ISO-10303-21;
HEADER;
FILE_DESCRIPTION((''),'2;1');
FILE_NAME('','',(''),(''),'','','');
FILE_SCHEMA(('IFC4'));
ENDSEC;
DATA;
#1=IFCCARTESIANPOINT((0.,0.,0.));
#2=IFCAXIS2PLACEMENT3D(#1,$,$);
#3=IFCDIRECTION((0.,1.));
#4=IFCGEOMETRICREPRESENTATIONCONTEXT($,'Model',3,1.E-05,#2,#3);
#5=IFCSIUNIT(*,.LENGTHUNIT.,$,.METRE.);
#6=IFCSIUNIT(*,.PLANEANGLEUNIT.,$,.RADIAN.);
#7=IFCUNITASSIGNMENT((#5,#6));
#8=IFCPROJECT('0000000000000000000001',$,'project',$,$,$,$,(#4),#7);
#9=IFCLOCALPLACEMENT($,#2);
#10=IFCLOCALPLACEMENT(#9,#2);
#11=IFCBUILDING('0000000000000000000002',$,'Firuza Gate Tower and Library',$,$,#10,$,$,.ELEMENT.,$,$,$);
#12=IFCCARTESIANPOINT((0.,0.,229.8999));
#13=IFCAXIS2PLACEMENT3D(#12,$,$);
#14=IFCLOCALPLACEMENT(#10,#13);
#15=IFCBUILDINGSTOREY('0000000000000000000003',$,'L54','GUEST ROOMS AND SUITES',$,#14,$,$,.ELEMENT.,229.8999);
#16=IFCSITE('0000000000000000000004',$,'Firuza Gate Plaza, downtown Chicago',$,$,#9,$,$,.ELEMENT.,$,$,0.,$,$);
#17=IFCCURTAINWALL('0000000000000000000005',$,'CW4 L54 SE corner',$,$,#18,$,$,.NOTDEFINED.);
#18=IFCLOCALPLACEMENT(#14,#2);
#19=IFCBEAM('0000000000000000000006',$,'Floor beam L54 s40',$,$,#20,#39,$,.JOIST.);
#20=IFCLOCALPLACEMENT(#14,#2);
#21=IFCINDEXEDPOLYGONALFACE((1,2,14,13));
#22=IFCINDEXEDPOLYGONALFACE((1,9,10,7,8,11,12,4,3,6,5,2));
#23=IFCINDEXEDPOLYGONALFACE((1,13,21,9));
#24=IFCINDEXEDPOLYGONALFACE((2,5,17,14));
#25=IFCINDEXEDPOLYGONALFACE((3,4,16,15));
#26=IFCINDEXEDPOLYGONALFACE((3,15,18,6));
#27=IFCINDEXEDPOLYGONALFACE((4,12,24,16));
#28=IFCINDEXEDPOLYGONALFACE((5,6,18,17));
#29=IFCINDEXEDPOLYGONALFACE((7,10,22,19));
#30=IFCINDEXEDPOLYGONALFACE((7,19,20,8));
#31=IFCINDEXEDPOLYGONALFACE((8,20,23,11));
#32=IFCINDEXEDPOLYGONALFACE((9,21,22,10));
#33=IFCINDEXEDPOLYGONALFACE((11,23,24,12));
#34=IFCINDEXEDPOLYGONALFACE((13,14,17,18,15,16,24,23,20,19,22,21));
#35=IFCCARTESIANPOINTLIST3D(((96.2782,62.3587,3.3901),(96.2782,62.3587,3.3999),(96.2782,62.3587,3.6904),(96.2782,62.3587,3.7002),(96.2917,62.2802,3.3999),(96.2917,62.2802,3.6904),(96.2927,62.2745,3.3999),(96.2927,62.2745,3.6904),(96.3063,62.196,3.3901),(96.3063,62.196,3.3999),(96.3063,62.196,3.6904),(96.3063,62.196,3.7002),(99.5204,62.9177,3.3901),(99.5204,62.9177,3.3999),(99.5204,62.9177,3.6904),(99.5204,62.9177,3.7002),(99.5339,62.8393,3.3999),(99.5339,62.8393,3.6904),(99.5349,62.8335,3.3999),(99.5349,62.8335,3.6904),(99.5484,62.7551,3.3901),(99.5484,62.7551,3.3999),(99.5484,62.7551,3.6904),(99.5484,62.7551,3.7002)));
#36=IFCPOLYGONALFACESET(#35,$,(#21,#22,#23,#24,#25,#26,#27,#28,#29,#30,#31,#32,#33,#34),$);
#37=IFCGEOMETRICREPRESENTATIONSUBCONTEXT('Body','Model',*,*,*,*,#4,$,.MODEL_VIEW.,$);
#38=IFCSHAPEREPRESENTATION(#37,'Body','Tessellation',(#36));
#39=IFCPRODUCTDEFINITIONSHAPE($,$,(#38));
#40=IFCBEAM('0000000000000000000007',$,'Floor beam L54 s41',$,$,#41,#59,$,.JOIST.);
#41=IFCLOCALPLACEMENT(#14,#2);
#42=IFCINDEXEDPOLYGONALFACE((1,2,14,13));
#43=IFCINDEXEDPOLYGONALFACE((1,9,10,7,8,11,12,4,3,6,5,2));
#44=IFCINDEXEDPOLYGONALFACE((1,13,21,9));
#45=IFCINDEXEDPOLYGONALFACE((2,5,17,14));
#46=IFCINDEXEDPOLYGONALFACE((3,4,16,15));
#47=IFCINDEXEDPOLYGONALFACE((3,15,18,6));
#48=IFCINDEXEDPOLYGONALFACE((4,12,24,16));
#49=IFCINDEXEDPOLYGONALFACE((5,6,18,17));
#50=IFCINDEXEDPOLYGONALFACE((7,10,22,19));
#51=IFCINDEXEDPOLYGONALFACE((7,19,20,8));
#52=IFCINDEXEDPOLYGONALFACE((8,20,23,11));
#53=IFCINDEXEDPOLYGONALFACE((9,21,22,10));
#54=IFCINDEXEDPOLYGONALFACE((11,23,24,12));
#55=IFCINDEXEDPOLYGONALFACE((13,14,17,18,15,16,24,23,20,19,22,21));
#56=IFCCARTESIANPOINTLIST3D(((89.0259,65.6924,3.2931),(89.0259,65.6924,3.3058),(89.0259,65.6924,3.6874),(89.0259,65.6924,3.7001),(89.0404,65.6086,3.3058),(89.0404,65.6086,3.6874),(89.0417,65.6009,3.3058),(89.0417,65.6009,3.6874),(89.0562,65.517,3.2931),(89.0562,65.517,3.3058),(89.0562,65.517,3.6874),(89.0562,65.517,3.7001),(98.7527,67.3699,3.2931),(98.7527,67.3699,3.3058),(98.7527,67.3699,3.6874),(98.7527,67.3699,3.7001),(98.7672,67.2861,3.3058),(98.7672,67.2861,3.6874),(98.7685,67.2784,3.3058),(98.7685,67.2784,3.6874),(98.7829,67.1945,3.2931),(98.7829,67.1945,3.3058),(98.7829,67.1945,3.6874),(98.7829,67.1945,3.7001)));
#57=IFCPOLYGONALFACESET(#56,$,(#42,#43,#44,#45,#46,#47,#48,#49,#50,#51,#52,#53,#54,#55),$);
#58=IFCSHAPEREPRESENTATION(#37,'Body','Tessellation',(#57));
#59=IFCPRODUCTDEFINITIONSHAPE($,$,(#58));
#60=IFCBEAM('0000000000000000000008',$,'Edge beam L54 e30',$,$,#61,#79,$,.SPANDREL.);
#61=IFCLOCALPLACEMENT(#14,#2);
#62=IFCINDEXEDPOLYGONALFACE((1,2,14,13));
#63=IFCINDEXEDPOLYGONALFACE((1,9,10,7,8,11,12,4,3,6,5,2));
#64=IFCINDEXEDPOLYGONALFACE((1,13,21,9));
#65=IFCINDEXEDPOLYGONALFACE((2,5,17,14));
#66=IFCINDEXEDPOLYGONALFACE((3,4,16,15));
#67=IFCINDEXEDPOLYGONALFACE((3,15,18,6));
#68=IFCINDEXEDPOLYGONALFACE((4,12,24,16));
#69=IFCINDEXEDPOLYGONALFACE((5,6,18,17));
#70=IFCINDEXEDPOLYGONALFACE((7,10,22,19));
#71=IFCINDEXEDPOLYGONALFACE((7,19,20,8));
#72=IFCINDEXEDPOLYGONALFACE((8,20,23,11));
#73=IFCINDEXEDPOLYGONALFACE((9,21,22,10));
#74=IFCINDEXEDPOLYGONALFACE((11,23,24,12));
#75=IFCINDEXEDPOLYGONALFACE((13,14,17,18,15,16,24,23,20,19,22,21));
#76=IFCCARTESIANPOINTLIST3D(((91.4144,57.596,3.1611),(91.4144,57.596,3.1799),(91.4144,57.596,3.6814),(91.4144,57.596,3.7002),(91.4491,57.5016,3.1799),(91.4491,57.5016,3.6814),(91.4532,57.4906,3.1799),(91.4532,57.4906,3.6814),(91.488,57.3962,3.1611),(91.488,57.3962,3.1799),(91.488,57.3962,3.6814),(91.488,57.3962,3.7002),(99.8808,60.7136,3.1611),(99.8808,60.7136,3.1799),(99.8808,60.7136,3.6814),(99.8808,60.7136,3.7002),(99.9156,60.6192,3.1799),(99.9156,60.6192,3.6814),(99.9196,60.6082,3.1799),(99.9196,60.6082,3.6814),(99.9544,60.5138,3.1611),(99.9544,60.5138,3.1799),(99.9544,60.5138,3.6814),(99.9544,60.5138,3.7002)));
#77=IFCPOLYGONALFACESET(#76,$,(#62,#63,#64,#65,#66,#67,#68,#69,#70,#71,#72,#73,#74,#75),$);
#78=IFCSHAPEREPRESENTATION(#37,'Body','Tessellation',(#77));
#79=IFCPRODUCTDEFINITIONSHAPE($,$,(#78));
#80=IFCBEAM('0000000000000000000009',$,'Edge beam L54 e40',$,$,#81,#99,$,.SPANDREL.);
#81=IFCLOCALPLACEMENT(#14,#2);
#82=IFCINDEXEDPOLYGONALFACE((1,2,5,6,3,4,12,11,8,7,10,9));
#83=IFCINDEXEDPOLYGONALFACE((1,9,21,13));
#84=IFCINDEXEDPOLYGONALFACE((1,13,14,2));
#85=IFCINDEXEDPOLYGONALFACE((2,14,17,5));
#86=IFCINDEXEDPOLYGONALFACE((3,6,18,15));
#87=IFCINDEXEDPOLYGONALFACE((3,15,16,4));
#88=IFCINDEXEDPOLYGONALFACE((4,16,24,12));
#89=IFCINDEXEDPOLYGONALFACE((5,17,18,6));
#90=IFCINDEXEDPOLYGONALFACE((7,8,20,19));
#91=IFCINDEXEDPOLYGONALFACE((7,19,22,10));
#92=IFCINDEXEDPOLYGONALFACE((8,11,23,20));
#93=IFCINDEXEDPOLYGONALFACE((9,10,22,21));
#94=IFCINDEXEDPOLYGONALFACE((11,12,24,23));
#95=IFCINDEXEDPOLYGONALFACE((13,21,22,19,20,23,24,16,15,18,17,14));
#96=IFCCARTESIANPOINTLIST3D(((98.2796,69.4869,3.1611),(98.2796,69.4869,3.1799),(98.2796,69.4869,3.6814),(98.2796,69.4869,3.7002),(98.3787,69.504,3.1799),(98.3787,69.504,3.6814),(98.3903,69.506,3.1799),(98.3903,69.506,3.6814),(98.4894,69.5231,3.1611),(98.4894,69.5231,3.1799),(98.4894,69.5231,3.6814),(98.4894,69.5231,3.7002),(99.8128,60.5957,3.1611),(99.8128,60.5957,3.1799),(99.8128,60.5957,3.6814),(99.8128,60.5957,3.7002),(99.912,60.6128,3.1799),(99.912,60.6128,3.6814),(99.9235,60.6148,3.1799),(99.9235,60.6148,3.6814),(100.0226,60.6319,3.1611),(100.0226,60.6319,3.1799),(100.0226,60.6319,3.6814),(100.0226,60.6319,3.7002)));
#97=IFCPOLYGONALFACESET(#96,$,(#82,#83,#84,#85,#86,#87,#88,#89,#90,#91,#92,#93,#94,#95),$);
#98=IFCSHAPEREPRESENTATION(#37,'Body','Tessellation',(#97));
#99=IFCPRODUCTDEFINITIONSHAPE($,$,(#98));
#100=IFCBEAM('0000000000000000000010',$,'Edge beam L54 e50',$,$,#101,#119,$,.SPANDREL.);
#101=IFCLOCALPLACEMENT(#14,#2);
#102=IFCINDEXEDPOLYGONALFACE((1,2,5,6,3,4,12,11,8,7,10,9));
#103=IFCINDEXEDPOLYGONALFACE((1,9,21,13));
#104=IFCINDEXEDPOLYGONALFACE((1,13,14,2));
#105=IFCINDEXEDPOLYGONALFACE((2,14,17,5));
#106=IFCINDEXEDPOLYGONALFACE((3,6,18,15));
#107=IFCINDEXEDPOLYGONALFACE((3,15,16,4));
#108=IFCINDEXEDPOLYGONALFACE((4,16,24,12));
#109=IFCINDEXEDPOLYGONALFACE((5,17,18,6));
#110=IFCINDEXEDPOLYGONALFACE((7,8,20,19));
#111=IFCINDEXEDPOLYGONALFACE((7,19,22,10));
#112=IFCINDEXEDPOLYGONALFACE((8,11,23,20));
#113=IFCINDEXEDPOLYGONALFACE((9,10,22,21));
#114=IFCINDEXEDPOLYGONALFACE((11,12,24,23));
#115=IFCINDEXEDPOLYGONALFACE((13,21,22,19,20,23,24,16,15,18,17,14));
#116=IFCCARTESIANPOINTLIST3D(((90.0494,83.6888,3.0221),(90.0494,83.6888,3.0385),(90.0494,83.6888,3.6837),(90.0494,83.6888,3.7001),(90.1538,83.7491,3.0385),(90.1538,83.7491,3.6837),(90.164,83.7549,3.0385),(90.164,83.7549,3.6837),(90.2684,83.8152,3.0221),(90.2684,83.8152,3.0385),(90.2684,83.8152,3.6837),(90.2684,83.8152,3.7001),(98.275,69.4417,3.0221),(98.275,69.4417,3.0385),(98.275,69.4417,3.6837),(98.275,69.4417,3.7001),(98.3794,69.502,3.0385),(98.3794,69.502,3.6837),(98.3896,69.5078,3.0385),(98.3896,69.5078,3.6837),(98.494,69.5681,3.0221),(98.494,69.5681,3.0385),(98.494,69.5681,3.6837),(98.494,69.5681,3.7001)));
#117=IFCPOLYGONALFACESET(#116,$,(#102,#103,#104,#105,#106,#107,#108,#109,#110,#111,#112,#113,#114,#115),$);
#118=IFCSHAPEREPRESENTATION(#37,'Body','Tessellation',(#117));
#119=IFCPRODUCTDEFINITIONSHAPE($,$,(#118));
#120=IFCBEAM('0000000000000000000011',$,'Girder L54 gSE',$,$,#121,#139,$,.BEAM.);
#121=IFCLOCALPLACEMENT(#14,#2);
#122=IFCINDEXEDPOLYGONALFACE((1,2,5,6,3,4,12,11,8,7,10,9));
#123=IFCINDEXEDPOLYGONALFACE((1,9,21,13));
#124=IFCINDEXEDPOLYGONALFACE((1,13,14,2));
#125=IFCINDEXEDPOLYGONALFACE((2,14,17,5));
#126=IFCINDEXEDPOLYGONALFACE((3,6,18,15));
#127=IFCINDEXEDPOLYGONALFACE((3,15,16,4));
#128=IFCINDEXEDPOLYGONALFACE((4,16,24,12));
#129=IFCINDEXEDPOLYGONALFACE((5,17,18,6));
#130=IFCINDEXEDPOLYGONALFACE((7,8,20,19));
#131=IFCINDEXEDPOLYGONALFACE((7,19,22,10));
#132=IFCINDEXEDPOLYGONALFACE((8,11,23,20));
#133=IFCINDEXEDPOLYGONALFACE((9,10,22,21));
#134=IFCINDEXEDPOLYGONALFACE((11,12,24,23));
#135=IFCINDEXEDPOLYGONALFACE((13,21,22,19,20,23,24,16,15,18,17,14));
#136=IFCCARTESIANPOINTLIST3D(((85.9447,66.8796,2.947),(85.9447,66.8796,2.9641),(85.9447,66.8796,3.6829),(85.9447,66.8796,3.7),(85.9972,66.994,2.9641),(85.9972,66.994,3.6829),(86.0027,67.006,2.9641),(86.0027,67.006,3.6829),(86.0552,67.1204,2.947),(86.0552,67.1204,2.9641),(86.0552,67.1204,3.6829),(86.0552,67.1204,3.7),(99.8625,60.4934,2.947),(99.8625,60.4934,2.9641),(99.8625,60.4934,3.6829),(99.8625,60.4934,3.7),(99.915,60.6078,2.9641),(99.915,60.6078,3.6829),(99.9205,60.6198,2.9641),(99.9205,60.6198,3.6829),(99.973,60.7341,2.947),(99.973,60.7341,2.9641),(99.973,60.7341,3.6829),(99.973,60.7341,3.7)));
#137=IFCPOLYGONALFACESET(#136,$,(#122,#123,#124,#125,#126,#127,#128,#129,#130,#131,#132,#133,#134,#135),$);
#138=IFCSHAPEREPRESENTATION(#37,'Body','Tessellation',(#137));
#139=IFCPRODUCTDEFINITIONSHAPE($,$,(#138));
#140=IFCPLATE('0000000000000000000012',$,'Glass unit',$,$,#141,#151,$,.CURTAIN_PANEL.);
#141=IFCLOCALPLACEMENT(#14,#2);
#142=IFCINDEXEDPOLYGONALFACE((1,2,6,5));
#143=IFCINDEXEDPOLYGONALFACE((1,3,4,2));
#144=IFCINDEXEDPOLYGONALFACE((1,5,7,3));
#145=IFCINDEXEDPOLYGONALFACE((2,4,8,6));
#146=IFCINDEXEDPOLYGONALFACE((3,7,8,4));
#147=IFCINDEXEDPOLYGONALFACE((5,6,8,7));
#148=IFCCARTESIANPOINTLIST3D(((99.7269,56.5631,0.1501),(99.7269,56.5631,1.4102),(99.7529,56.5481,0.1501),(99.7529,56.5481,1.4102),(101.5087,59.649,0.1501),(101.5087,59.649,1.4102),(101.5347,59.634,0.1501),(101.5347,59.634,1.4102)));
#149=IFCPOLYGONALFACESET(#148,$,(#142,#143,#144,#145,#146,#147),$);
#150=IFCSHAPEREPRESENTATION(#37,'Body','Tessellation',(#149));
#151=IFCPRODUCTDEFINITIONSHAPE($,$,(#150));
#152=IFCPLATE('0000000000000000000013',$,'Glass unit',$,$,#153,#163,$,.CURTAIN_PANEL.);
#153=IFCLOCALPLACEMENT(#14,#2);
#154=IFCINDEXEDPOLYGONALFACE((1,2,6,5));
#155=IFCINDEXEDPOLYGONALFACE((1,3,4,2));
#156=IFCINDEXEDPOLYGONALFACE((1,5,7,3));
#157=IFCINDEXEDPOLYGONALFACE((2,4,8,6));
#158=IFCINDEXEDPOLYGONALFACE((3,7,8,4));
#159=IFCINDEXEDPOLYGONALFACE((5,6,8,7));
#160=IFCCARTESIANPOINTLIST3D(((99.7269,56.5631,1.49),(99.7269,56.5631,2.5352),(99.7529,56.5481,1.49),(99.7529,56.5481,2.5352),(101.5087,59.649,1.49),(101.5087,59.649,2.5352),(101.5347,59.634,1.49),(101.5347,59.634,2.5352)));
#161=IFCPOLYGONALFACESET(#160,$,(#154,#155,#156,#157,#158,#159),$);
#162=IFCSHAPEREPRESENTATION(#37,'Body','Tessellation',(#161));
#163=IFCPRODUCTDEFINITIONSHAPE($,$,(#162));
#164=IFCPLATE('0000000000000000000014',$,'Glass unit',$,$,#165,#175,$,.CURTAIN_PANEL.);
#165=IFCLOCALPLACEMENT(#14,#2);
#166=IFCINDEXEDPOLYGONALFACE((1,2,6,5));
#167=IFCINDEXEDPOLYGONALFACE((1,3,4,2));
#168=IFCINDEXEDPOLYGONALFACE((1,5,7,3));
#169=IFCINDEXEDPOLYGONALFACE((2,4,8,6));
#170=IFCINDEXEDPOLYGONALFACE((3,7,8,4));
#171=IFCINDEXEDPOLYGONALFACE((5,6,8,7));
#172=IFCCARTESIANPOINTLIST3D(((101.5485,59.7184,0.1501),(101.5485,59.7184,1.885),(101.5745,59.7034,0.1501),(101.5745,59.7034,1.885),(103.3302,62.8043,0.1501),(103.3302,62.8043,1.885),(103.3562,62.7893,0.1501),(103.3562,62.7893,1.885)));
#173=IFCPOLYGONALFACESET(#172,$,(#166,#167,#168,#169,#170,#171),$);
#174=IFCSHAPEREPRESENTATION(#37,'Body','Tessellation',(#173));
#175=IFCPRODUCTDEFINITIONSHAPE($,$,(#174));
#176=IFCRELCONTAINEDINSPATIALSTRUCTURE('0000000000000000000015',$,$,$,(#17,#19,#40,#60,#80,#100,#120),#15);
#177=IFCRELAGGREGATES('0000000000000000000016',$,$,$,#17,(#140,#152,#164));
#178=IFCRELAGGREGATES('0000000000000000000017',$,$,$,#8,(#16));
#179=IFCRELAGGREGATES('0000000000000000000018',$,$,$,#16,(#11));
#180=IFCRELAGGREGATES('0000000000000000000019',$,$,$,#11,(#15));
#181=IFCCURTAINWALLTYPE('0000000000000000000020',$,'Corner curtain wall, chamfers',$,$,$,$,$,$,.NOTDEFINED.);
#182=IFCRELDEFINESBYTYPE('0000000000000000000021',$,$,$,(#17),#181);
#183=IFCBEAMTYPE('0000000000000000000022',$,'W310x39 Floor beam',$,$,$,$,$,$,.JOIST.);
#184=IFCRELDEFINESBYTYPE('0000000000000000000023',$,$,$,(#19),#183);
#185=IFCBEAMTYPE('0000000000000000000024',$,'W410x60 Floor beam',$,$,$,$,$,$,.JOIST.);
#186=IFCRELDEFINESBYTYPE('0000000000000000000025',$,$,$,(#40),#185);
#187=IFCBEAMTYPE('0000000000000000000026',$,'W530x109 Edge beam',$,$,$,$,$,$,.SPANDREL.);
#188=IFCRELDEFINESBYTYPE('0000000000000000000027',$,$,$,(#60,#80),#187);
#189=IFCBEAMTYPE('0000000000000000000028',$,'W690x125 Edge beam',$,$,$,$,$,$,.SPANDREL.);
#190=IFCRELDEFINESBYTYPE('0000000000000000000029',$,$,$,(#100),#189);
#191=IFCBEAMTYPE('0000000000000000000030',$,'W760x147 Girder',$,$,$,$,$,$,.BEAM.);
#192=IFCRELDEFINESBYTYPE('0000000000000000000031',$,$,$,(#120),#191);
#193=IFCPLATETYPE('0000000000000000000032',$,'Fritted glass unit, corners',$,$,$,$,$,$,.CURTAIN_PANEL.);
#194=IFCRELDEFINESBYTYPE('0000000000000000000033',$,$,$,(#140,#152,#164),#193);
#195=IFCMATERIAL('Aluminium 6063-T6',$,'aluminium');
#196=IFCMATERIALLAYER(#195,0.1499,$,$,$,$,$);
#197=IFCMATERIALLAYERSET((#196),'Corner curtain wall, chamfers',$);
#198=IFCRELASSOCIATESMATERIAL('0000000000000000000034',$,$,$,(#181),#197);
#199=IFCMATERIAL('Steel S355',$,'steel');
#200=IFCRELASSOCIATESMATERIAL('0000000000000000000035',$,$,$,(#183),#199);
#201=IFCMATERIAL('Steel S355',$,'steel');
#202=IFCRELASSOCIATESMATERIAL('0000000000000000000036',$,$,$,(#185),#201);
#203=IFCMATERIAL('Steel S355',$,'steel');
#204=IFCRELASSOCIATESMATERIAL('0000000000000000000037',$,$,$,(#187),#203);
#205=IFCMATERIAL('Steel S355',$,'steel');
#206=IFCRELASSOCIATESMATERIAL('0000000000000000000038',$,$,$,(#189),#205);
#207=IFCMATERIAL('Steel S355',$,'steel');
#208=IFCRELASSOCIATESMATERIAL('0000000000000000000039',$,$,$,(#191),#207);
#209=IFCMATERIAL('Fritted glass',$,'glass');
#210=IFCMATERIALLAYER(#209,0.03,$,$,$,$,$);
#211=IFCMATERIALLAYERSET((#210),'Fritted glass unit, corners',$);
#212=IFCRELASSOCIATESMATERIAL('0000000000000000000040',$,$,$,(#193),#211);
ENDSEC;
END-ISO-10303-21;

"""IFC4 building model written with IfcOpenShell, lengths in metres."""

from ifc_helpers import new_model, si_unit, direction, frame, origin, origin_2d, place, context, subcontext, project, spatial, polyline, i_section, outline, extrude, material, layer, layer_set, material_profile, profile_set, type_object, element, aggregate, save


model = new_model("IFC4")

# Units and contexts
model_context = context("Model", 3, precision=1e-05, world=origin(), true_north=direction((0.0, 1.0)))
body_context = subcontext(model_context, "Body", "Model", "MODEL_VIEW")
ifc_project = project(units=[si_unit("LENGTHUNIT", "METRE"), si_unit("PLANEANGLEUNIT", "RADIAN")], contexts=[model_context])

# Site, building, storey
site_placement = place(None, origin())
site = spatial("IfcSite", under=ifc_project, at=site_placement, Name="Firuza Gate Plaza, downtown Chicago", CompositionType="ELEMENT", RefElevation=0.0)
building_placement = place(site_placement, origin())
building = spatial("IfcBuilding", under=site, at=building_placement, Name="Firuza Gate Tower and Library", CompositionType="ELEMENT")
storey_placement = place(building_placement, frame((0.0, 0.0, 229.8999)))
storey = spatial("IfcBuildingStorey", under=building, at=storey_placement, Name="L54", Description="GUEST ROOMS AND SUITES", CompositionType="ELEMENT", Elevation=229.8999)

# Curtain wall
ifc_material_1 = material(Name="Aluminium 6063-T6", Category="aluminium")
ifc_layer_1 = layer(ifc_material_1, 0.1499)
ifc_layer_set_1 = layer_set([ifc_layer_1], Name="Corner curtain wall, chamfers")
curtain_wall_type = type_object("IfcCurtainWallType", Name="Corner curtain wall, chamfers", PredefinedType="NOTDEFINED", material=ifc_layer_set_1)
curtain_wall_placement = place(storey_placement, origin())
curtain_wall = element("IfcCurtainWall", 1, at=curtain_wall_placement, inside=storey, type_object=curtain_wall_type, Name="CW4 L54 SE corner", PredefinedType="NOTDEFINED")

# Beams
ifc_material_2 = material(Name="Steel S355", Category="steel")
ifc_material_profile_1 = material_profile(ifc_material_2, i_section(OverallWidth=0.165, OverallDepth=0.3101, WebThickness=0.0059, FlangeThickness=0.0098, at=origin_2d()))
ifc_profile_set_1 = profile_set([ifc_material_profile_1], Name="Steel S355")
beam_type_1 = type_object("IfcBeamType", Name="W310x39 Floor beam", PredefinedType="JOIST", material=ifc_profile_set_1)
beam_1_placement = place(storey_placement, frame((99.5344, 62.8364, 3.5452), z_axis=(-0.985456, -0.169932, 0.0), x_axis=(0.169932, -0.985456, 0.0)))
element("IfcBeam", 2, at=beam_1_placement, inside=storey, type_object=beam_type_1, Name="Floor beam L54 s40", PredefinedType="JOIST", context=body_context, shape_type="SweptSolid", body=[
    extrude(i_section(OverallWidth=0.165, OverallDepth=0.3101, WebThickness=0.0059, FlangeThickness=0.0098, at=origin_2d()), origin(), (0.0, 0.0, 1.0), 3.29),
])
ifc_material_3 = material(Name="Steel S355", Category="steel")
ifc_material_profile_2 = material_profile(ifc_material_3, i_section(OverallWidth=0.178, OverallDepth=0.407, WebThickness=0.0078, FlangeThickness=0.0127, at=origin_2d()))
ifc_profile_set_2 = profile_set([ifc_material_profile_2], Name="Steel S355")
beam_type_2 = type_object("IfcBeamType", Name="W410x60 Floor beam", PredefinedType="JOIST", material=ifc_profile_set_2)
beam_2_placement = place(storey_placement, frame((98.7678, 67.2822, 3.4966), z_axis=(-0.985452, -0.169952, 0.0), x_axis=(0.169952, -0.985452, 0.0)))
element("IfcBeam", 3, at=beam_2_placement, inside=storey, type_object=beam_type_2, Name="Floor beam L54 s41", PredefinedType="JOIST", context=body_context, shape_type="SweptSolid", body=[
    extrude(i_section(OverallWidth=0.178, OverallDepth=0.407, WebThickness=0.0078, FlangeThickness=0.0127, at=origin_2d()), origin(), (0.0, 0.0, 1.0), 9.8704),
])
ifc_material_4 = material(Name="Steel S355", Category="steel")
ifc_material_profile_3 = material_profile(ifc_material_4, i_section(OverallWidth=0.2129, OverallDepth=0.5391, WebThickness=0.0117, FlangeThickness=0.0188, at=origin_2d()))
ifc_profile_set_3 = profile_set([ifc_material_profile_3], Name="Steel S355")
beam_type_3 = type_object("IfcBeamType", Name="W530x109 Edge beam", PredefinedType="SPANDREL", material=ifc_profile_set_3)
beam_3_placement = place(storey_placement, frame((91.4512, 57.4961, 3.4307), z_axis=(0.9384, 0.345551, 0.0), x_axis=(-0.345551, 0.9384, 0.0)))
element("IfcBeam", 4, at=beam_3_placement, inside=storey, type_object=beam_type_3, Name="Edge beam L54 e30", PredefinedType="SPANDREL", context=body_context, shape_type="SweptSolid", body=[
    extrude(i_section(OverallWidth=0.2129, OverallDepth=0.5391, WebThickness=0.0117, FlangeThickness=0.0188, at=origin_2d()), origin(), (0.0, 0.0, 1.0), 9.0222),
])
beam_4_placement = place(storey_placement, frame((99.9177, 60.6138, 3.4307), z_axis=(-0.169934, 0.985455, 0.0), x_axis=(-0.985455, -0.169934, 0.0)))
element("IfcBeam", 5, at=beam_4_placement, inside=storey, type_object=beam_type_3, Name="Edge beam L54 e40", PredefinedType="SPANDREL", context=body_context, shape_type="SweptSolid", body=[
    extrude(i_section(OverallWidth=0.2129, OverallDepth=0.5391, WebThickness=0.0117, FlangeThickness=0.0188, at=origin_2d()), origin(), (0.0, 0.0, 1.0), 9.0225),
])
ifc_material_5 = material(Name="Steel S355", Category="steel")
ifc_material_profile_4 = material_profile(ifc_material_5, i_section(OverallWidth=0.2529, OverallDepth=0.678, WebThickness=0.0117, FlangeThickness=0.0164, at=origin_2d()))
ifc_profile_set_4 = profile_set([ifc_material_profile_4], Name="Steel S355")
beam_type_4 = type_object("IfcBeamType", Name="W690x125 Edge beam", PredefinedType="SPANDREL", material=ifc_profile_set_4)
beam_5_placement = place(storey_placement, frame((98.3845, 69.5049, 3.3611), z_axis=(-0.500002, 0.866024, 0.0), x_axis=(-0.866024, -0.500002, 0.0)))
element("IfcBeam", 6, at=beam_5_placement, inside=storey, type_object=beam_type_4, Name="Edge beam L54 e50", PredefinedType="SPANDREL", context=body_context, shape_type="SweptSolid", body=[
    extrude(i_section(OverallWidth=0.2529, OverallDepth=0.678, WebThickness=0.0117, FlangeThickness=0.0164, at=origin_2d()), origin(), (0.0, 0.0, 1.0), 16.4512),
])
ifc_material_6 = material(Name="Steel S355", Category="steel")
ifc_material_profile_5 = material_profile(ifc_material_6, i_section(OverallWidth=0.2649, OverallDepth=0.7529, WebThickness=0.0132, FlangeThickness=0.0171, at=origin_2d()))
ifc_profile_set_5 = profile_set([ifc_material_profile_5], Name="Steel S355")
beam_type_5 = type_object("IfcBeamType", Name="W760x147 Girder", PredefinedType="BEAM", material=ifc_profile_set_5)
beam_6_placement = place(storey_placement, frame((99.9177, 60.6138, 3.3235), z_axis=(-0.908885, 0.417047, 0.0), x_axis=(-0.417047, -0.908885, 0.0)))
element("IfcBeam", 7, at=beam_6_placement, inside=storey, type_object=beam_type_5, Name="Girder L54 gSE", PredefinedType="BEAM", context=body_context, shape_type="SweptSolid", body=[
    extrude(i_section(OverallWidth=0.2649, OverallDepth=0.7529, WebThickness=0.0132, FlangeThickness=0.0171, at=origin_2d()), origin(), (0.0, 0.0, 1.0), 15.313),
])

# Plates
ifc_material_7 = material(Name="Fritted glass", Category="glass")
ifc_layer_2 = layer(ifc_material_7, 0.03)
ifc_layer_set_2 = layer_set([ifc_layer_2], Name="Fritted glass unit, corners")
plate_type_1 = type_object("IfcPlateType", Name="Fritted glass unit, corners", PredefinedType="CURTAIN_PANEL", material=ifc_layer_set_2)
plate_1_placement = place(storey_placement, frame((99.7529, 56.5481, 0.1501), z_axis=(0.866017, -0.500015, 0.0), x_axis=(0.500015, 0.866017, 0.0)))
plate_1 = element("IfcPlate", 8, at=plate_1_placement, type_object=plate_type_1, Name="Glass unit", PredefinedType="CURTAIN_PANEL", context=body_context, shape_type="SweptSolid", body=[
    extrude(outline(polyline([(0.0, 0.0), (3.5634, 0.0), (3.5634, 1.26), (0.0, 1.26), (0.0, 0.0)])), origin(), (0.0, 0.0, -1.0), 0.03),
])
plate_2_placement = place(storey_placement, frame((99.7529, 56.5481, 1.49), z_axis=(0.866017, -0.500015, 0.0), x_axis=(0.500015, 0.866017, 0.0)))
plate_2 = element("IfcPlate", 9, at=plate_2_placement, type_object=plate_type_1, Name="Glass unit", PredefinedType="CURTAIN_PANEL", context=body_context, shape_type="SweptSolid", body=[
    extrude(outline(polyline([(0.0, 0.0), (3.5634, 0.0), (3.5634, 1.0452), (0.0, 1.0452), (0.0, 0.0)])), origin(), (0.0, 0.0, -1.0), 0.03),
])
plate_3_placement = place(storey_placement, frame((101.5745, 59.7034, 0.1501), z_axis=(0.866017, -0.500015, 0.0), x_axis=(0.500015, 0.866017, 0.0)))
plate_3 = element("IfcPlate", 10, at=plate_3_placement, type_object=plate_type_1, Name="Glass unit", PredefinedType="CURTAIN_PANEL", context=body_context, shape_type="SweptSolid", body=[
    extrude(outline(polyline([(0.0, 0.0), (3.5634, 0.0), (3.5634, 1.7349), (0.0, 1.7349), (0.0, 0.0)])), origin(), (0.0, 0.0, -1.0), 0.03),
])
aggregate(curtain_wall, [plate_1, plate_2, plate_3])

save(model, "model.ifc")
